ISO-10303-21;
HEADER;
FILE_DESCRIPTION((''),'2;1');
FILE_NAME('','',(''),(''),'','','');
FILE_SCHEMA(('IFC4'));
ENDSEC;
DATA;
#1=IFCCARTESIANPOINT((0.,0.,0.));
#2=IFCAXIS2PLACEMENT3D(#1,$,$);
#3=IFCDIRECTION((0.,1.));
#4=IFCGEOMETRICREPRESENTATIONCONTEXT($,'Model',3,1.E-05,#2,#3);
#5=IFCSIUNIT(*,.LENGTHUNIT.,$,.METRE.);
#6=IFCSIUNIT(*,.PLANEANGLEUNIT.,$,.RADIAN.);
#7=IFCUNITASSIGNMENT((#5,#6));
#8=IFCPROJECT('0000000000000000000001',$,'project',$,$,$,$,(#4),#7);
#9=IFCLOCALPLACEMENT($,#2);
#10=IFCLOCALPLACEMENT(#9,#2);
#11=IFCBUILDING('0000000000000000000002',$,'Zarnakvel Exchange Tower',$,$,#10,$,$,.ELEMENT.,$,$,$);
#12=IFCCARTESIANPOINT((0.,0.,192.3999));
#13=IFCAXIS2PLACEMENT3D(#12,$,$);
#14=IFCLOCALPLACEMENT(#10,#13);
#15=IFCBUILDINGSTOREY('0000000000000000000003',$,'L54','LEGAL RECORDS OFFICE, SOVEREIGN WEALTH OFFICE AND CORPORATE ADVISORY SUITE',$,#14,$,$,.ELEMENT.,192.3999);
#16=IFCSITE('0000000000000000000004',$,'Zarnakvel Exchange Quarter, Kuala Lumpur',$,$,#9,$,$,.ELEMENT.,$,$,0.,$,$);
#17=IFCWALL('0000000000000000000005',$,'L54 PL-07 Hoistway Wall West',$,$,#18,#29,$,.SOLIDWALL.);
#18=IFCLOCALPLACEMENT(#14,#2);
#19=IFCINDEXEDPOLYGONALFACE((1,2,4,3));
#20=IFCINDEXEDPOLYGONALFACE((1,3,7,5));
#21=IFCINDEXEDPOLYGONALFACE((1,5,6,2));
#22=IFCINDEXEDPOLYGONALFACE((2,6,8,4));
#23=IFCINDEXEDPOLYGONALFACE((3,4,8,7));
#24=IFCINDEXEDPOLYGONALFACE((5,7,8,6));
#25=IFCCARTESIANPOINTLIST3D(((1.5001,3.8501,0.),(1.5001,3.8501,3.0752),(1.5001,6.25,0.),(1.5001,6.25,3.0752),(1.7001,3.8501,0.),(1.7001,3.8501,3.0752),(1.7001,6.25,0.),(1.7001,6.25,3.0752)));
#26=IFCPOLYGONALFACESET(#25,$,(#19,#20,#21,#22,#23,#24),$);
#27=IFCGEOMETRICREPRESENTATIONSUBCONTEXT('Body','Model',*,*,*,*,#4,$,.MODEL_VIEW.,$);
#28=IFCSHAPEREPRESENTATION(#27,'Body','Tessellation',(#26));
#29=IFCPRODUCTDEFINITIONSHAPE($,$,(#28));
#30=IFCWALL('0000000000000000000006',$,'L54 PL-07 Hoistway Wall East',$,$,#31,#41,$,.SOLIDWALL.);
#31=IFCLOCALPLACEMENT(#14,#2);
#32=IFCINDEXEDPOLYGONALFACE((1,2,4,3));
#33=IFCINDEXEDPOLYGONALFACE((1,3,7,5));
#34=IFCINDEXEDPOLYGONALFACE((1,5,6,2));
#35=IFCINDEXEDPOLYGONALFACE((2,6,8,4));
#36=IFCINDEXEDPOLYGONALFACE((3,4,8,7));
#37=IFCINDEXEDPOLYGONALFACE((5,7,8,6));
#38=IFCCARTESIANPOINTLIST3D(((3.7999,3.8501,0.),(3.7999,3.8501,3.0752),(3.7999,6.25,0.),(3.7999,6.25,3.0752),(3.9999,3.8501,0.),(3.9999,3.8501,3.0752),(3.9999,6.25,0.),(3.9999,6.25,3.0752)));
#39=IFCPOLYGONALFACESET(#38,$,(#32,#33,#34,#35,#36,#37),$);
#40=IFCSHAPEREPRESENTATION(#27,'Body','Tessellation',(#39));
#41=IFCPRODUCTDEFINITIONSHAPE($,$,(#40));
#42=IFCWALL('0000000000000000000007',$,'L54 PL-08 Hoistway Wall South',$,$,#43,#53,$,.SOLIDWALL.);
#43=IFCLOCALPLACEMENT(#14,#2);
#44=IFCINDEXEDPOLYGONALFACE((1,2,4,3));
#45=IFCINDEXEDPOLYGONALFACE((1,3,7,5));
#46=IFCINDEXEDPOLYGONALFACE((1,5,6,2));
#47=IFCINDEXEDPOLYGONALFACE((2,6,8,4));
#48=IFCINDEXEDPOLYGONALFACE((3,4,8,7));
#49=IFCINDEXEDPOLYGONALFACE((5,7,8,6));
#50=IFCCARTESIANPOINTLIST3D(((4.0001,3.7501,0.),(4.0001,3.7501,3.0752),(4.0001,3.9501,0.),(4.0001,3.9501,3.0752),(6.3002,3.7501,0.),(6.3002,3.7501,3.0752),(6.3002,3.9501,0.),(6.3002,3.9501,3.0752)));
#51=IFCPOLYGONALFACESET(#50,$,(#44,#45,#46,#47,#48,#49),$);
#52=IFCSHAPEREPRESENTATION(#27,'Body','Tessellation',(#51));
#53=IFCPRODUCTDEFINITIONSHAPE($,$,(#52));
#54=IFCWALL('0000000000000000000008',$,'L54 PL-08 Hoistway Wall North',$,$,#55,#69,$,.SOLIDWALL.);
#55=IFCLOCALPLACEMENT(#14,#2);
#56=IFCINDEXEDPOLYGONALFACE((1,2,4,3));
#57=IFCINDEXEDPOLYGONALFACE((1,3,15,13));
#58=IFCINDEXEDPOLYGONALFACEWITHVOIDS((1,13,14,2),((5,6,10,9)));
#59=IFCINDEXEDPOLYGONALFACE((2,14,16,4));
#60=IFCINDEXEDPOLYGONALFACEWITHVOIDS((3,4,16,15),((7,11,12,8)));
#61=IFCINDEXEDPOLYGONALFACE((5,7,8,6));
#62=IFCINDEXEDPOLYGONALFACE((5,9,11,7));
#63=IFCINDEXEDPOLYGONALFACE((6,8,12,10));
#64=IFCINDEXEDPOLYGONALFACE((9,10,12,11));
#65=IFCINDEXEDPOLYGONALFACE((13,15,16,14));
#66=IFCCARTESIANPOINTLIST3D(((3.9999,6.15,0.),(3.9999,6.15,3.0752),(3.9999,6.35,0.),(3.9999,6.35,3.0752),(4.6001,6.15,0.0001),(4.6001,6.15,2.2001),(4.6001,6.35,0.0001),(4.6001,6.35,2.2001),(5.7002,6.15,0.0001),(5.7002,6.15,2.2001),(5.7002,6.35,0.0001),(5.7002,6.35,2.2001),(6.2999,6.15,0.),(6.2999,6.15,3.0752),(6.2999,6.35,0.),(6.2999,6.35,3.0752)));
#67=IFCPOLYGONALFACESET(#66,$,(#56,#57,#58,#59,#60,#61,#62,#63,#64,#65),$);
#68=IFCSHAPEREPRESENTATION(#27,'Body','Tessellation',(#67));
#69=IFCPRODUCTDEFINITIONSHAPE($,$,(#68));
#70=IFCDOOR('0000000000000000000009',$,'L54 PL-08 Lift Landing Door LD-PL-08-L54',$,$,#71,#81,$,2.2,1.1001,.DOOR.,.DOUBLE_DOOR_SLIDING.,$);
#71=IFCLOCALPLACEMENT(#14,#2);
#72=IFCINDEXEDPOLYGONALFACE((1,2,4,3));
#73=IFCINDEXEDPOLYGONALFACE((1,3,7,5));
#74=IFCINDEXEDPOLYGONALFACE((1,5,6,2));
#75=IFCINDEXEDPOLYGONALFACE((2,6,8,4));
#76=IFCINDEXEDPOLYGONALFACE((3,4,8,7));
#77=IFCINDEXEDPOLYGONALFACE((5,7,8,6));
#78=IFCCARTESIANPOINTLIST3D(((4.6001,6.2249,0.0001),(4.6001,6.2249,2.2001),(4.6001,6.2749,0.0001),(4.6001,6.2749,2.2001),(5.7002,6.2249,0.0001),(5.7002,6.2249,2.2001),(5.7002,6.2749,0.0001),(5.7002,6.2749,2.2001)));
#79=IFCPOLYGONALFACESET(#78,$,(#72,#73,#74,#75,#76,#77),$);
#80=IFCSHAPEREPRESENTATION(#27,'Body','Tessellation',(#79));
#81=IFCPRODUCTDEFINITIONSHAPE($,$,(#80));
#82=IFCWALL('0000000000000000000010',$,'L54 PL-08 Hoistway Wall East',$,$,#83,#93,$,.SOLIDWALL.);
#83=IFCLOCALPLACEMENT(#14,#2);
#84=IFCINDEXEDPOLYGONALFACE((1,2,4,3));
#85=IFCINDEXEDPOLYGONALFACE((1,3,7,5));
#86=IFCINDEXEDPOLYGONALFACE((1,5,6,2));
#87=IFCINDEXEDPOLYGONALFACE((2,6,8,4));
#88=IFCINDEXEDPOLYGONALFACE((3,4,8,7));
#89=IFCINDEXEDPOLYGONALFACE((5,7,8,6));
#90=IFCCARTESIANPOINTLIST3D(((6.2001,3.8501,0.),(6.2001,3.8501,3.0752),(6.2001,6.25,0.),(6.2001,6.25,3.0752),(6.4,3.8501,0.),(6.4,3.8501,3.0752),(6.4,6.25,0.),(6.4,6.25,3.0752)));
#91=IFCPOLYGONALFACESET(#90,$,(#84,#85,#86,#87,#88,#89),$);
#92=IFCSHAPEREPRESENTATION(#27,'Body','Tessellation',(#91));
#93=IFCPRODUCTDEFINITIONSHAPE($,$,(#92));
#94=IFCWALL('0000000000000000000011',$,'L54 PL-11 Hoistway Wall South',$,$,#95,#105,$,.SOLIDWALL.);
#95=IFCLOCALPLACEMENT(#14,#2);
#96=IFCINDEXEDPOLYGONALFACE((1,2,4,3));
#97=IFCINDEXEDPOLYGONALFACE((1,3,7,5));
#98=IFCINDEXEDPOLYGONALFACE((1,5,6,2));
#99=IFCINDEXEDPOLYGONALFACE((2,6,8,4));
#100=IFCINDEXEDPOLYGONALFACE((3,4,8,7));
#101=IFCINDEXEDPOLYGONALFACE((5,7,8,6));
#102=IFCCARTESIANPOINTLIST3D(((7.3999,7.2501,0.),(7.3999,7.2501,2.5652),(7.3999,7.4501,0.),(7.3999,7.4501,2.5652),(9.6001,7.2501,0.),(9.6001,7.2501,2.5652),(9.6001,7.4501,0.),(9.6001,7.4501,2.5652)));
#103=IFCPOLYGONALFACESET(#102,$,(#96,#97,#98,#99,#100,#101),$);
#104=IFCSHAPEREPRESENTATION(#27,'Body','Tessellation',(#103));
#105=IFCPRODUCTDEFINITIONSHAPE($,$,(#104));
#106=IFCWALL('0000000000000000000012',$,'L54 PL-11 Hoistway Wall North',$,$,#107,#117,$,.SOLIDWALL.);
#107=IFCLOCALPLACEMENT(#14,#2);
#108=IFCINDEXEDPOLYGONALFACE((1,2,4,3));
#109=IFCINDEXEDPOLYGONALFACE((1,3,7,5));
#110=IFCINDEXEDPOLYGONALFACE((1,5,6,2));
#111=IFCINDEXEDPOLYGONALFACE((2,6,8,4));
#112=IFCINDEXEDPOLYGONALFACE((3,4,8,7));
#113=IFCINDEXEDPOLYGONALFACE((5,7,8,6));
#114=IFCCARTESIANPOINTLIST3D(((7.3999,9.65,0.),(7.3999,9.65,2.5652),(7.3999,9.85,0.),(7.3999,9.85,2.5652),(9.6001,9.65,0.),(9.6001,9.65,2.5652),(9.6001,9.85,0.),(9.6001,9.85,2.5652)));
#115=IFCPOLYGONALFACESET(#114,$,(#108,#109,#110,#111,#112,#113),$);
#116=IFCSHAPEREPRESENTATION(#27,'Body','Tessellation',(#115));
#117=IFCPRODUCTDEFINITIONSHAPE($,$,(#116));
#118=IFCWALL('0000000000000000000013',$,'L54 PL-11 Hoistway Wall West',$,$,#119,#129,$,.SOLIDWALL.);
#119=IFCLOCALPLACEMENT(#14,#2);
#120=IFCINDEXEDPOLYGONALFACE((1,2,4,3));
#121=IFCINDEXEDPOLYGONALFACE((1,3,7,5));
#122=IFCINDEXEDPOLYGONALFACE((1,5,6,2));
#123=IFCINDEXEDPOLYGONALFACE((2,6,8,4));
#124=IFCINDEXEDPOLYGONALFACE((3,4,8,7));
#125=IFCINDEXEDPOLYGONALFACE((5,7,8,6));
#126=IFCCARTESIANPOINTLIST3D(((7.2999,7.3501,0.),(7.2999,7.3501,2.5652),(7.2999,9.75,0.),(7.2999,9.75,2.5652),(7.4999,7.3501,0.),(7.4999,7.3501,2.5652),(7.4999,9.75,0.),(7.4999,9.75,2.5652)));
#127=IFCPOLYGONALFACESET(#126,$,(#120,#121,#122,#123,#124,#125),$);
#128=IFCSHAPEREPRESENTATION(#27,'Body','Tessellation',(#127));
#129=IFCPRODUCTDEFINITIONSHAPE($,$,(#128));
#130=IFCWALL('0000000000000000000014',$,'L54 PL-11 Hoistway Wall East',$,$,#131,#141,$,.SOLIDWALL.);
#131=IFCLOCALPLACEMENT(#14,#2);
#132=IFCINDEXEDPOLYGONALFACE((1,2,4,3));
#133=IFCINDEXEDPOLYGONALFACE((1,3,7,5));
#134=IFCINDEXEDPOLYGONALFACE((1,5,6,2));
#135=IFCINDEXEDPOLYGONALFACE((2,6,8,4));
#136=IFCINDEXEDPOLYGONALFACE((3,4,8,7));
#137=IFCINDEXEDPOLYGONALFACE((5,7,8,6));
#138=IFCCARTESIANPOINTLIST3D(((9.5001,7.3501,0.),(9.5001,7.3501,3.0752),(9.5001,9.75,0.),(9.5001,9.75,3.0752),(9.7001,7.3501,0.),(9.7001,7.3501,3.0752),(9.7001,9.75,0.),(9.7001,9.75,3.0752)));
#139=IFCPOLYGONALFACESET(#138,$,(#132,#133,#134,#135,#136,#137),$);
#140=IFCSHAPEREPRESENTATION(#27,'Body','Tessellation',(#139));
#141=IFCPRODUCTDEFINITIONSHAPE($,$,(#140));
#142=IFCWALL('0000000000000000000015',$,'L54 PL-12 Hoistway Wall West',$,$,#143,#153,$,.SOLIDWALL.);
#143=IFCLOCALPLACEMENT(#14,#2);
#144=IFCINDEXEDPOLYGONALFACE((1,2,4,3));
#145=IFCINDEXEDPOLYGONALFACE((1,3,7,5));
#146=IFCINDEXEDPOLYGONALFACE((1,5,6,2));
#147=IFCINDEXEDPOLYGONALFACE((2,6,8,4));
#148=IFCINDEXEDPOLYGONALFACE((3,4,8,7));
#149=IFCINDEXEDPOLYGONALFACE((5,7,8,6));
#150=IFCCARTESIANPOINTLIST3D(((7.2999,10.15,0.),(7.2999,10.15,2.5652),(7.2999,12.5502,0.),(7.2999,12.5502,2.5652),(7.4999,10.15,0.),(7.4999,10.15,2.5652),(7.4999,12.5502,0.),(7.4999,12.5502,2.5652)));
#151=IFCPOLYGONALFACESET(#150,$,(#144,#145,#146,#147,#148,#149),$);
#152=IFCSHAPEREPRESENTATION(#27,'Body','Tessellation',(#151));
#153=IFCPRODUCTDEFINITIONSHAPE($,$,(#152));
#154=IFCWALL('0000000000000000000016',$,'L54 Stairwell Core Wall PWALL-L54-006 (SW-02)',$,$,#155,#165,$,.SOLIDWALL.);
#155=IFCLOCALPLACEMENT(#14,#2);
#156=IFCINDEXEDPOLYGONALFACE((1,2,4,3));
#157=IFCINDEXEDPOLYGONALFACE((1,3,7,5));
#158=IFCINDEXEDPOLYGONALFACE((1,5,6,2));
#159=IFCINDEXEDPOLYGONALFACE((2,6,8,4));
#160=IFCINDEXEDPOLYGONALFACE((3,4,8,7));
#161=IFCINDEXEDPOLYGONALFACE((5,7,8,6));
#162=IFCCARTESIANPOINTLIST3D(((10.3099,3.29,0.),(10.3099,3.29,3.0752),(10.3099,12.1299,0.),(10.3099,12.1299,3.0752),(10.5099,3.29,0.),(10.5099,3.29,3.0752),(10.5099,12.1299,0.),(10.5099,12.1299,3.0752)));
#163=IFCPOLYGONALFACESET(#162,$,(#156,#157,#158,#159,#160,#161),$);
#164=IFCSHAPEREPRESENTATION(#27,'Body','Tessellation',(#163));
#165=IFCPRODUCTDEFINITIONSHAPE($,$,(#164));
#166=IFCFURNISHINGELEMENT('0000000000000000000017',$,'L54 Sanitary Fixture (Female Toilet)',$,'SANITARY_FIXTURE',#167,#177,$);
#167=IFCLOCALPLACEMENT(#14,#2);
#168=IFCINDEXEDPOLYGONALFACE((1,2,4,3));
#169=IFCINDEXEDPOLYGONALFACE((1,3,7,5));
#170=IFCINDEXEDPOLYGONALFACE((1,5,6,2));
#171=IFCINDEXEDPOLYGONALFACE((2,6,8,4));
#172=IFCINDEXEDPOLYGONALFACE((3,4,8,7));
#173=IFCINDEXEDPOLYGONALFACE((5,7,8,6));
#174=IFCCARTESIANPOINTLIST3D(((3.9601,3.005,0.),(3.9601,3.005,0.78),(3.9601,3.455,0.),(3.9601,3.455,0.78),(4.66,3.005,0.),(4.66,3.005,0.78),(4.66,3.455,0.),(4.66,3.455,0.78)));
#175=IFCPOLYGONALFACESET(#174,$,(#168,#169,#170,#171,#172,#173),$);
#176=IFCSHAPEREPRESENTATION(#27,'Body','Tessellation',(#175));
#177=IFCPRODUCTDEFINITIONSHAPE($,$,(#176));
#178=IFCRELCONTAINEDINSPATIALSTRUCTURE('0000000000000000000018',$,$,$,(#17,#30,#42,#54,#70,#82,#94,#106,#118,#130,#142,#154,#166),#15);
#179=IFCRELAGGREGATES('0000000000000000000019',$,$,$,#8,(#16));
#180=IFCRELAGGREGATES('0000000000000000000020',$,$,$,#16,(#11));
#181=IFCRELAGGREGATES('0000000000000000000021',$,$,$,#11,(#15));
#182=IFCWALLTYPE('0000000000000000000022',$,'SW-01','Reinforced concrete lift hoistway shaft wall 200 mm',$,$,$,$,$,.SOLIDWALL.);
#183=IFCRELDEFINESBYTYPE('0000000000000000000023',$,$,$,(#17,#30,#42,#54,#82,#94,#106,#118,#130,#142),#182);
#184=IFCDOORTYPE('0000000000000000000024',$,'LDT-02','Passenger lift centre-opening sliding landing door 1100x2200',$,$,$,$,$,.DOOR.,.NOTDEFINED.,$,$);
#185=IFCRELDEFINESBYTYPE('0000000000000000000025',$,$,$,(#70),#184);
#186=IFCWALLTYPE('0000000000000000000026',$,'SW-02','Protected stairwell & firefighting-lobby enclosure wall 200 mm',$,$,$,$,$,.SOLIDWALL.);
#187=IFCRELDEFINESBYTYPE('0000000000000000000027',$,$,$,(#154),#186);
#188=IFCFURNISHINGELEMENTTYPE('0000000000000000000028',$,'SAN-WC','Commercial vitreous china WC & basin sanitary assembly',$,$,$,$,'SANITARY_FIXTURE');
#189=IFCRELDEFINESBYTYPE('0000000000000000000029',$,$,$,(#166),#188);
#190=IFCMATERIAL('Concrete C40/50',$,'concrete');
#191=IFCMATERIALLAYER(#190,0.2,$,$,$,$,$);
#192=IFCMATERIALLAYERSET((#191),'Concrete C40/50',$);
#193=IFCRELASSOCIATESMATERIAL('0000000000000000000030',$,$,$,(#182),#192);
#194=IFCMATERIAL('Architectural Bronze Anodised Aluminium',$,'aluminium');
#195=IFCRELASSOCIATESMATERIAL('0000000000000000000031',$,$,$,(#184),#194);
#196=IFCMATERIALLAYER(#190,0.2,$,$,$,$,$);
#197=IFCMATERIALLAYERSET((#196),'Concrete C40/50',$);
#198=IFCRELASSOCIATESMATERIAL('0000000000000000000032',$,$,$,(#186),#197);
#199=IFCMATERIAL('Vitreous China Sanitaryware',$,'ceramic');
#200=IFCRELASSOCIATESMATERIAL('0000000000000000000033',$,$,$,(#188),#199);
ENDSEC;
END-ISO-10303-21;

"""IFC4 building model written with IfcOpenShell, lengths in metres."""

from ifc_helpers import new_model, si_unit, direction, frame, frame_2d, origin, origin_2d, place, context, subcontext, project, spatial, rectangle, extrude, source, transform, mapped, material, layer, layer_set, type_object, element, fill, save


model = new_model("IFC4")

# Units and contexts
model_context = context("Model", 3, precision=1e-05, world=origin(), true_north=direction((0.0, 1.0)))
body_context = subcontext(model_context, "Body", "Model", "MODEL_VIEW")
ifc_project = project(units=[si_unit("LENGTHUNIT", "METRE"), si_unit("PLANEANGLEUNIT", "RADIAN")], contexts=[model_context])

# Site, building, storey
site_placement = place(None, origin())
site = spatial("IfcSite", under=ifc_project, at=site_placement, Name="Zarnakvel Exchange Quarter, Kuala Lumpur", CompositionType="ELEMENT", RefElevation=0.0)
building_placement = place(site_placement, origin())
building = spatial("IfcBuilding", under=site, at=building_placement, Name="Zarnakvel Exchange Tower", CompositionType="ELEMENT")
storey_placement = place(building_placement, frame((0.0, 0.0, 192.3999)))
storey = spatial("IfcBuildingStorey", under=building, at=storey_placement, Name="L54", Description="LEGAL RECORDS OFFICE, SOVEREIGN WEALTH OFFICE AND CORPORATE ADVISORY SUITE", CompositionType="ELEMENT", Elevation=192.3999)

# Shared definitions
ifc_material_1 = material(Name="Concrete C40/50", Category="concrete")
ifc_layer_1 = layer(ifc_material_1, 0.2)
ifc_layer_set_1 = layer_set([ifc_layer_1], Name="Concrete C40/50")
wall_type_1 = type_object("IfcWallType", Name="SW-01", Description="Reinforced concrete lift hoistway shaft wall 200 mm", PredefinedType="SOLIDWALL", material=ifc_layer_set_1)
shared_shape_1 = source(origin(), body_context, "Body", "SweptSolid", [
    extrude(rectangle(XDim=1.1001, YDim=2.2, at=frame_2d((0.55, 1.1001))), frame((0.0, 0.0249, 0.0), z_axis=(0.0, -1.0, 0.0), x_axis=(1.0, 0.0, 0.0)), (0.0, 0.0, 1.0), 0.05),
])

# Shared definitions
ifc_material_2 = material(Name="Architectural Bronze Anodised Aluminium", Category="aluminium")
door_type_1 = type_object("IfcDoorType", Name="LDT-02", Description="Passenger lift centre-opening sliding landing door 1100x2200", OperationType="NOTDEFINED", PredefinedType="DOOR", material=ifc_material_2)

# Walls
for number, where, z_axis, x_axis, name in (
    (1, (1.6001, 3.8501, 0.0), (0.0, 0.0, 1.0), (0.0, 1.0, 0.0), "L54 PL-07 Hoistway Wall West"),
    (2, (3.8999, 6.25, 0.0), (0.0, 0.0, 1.0), (0.0, -1.0, 0.0), "L54 PL-07 Hoistway Wall East"),
):
    element("IfcWall", number, at=place(storey_placement, frame(where, z_axis=z_axis, x_axis=x_axis)), inside=storey, type_object=wall_type_1, Name=name, PredefinedType="SOLIDWALL", context=body_context, shape_type="SweptSolid", body=[
        extrude(rectangle(XDim=2.3999, YDim=0.2, at=frame_2d((1.2, 0.0))), origin(), (0.0, 0.0, 1.0), 3.0752),
    ])
wall_1_placement = place(storey_placement, frame((6.3, 3.8501, 0.0), z_axis=(0.0, 0.0, 1.0), x_axis=(-1.0, 0.0, 0.0)))
element("IfcWall", 3, at=wall_1_placement, inside=storey, type_object=wall_type_1, Name="L54 PL-08 Hoistway Wall South", PredefinedType="SOLIDWALL", context=body_context, shape_type="SweptSolid", body=[
    extrude(rectangle(XDim=2.3, YDim=0.2, at=frame_2d((1.1499, 0.0))), origin(), (0.0, 0.0, 1.0), 3.0752),
])

# Wall, opening, door
wall_2_placement = place(storey_placement, frame((4.0, 6.25, 0.0), z_axis=(0.0, 0.0, 1.0), x_axis=(1.0, 0.0, 0.0)))
wall_2 = element("IfcWall", 4, at=wall_2_placement, inside=storey, type_object=wall_type_1, Name="L54 PL-08 Hoistway Wall North", PredefinedType="SOLIDWALL", context=body_context, shape_type="SweptSolid", body=[
    extrude(rectangle(XDim=2.3, YDim=0.2, at=frame_2d((1.1499, 0.0))), origin(), (0.0, 0.0, 1.0), 3.0752),
])
opening_1_placement = place(wall_2_placement, frame((0.6001, 0.0, 0.0)))
opening_1 = element("IfcOpeningElement", 5, at=opening_1_placement, cuts=wall_2, PredefinedType="OPENING", context=body_context, shape_type="SweptSolid", body=[
    extrude(rectangle(XDim=1.1001, YDim=2.2, at=frame_2d((0.55, 1.1001))), frame((0.0, 0.1099, 0.0), z_axis=(0.0, -1.0, 0.0), x_axis=(1.0, 0.0, 0.0)), (0.0, 0.0, 1.0), 0.22),
])
door_1_placement = place(opening_1_placement, origin())
door_1 = element("IfcDoor", 6, at=door_1_placement, inside=storey, type_object=door_type_1, Name="L54 PL-08 Lift Landing Door LD-PL-08-L54", OperationType="DOUBLE_DOOR_SLIDING", OverallHeight=2.2, OverallWidth=1.1001, PredefinedType="DOOR", context=body_context, shape_type="MappedRepresentation", body=[
    mapped(shared_shape_1, transform((0.0, 0.0, 0.0), x_axis=(1.0, 0.0, 0.0), y_axis=(0.0, 1.0, 0.0), z_axis=(0.0, 0.0, 1.0), scale=1.0)),
])
fill(opening_1, door_1)

# Walls
wall_3_placement = place(storey_placement, frame((6.3, 6.25, 0.0), z_axis=(0.0, 0.0, 1.0), x_axis=(0.0, -1.0, 0.0)))
element("IfcWall", 7, at=wall_3_placement, inside=storey, type_object=wall_type_1, Name="L54 PL-08 Hoistway Wall East", PredefinedType="SOLIDWALL", context=body_context, shape_type="SweptSolid", body=[
    extrude(rectangle(XDim=2.3999, YDim=0.2, at=frame_2d((1.2, 0.0))), origin(), (0.0, 0.0, 1.0), 3.0752),
])
for number, where, z_axis, x_axis, name in (
    (8, (9.6001, 7.3501, 0.0), (0.0, 0.0, 1.0), (-1.0, 0.0, 0.0), "L54 PL-11 Hoistway Wall South"),
    (9, (7.3999, 9.75, 0.0), (0.0, 0.0, 1.0), (1.0, 0.0, 0.0), "L54 PL-11 Hoistway Wall North"),
):
    element("IfcWall", number, at=place(storey_placement, frame(where, z_axis=z_axis, x_axis=x_axis)), inside=storey, type_object=wall_type_1, Name=name, PredefinedType="SOLIDWALL", context=body_context, shape_type="SweptSolid", body=[
        extrude(rectangle(XDim=2.2002, YDim=0.2, at=frame_2d((1.1001, 0.0))), origin(), (0.0, 0.0, 1.0), 2.5652),
    ])
wall_4_placement = place(storey_placement, frame((7.3999, 7.3501, 0.0), z_axis=(0.0, 0.0, 1.0), x_axis=(0.0, 1.0, 0.0)))
element("IfcWall", 10, at=wall_4_placement, inside=storey, type_object=wall_type_1, Name="L54 PL-11 Hoistway Wall West", PredefinedType="SOLIDWALL", context=body_context, shape_type="SweptSolid", body=[
    extrude(rectangle(XDim=2.3999, YDim=0.2, at=frame_2d((1.2, 0.0))), origin(), (0.0, 0.0, 1.0), 2.5652),
])
wall_5_placement = place(storey_placement, frame((9.6001, 9.75, 0.0), z_axis=(0.0, 0.0, 1.0), x_axis=(0.0, -1.0, 0.0)))
element("IfcWall", 11, at=wall_5_placement, inside=storey, type_object=wall_type_1, Name="L54 PL-11 Hoistway Wall East", PredefinedType="SOLIDWALL", context=body_context, shape_type="SweptSolid", body=[
    extrude(rectangle(XDim=2.3999, YDim=0.2, at=frame_2d((1.2, 0.0))), origin(), (0.0, 0.0, 1.0), 3.0752),
])
wall_6_placement = place(storey_placement, frame((7.3999, 10.1499, 0.0), z_axis=(0.0, 0.0, 1.0), x_axis=(0.0, 1.0, 0.0)))
element("IfcWall", 12, at=wall_6_placement, inside=storey, type_object=wall_type_1, Name="L54 PL-12 Hoistway Wall West", PredefinedType="SOLIDWALL", context=body_context, shape_type="SweptSolid", body=[
    extrude(rectangle(XDim=2.4001, YDim=0.2, at=frame_2d((1.2002, 0.0))), origin(), (0.0, 0.0, 1.0), 2.5652),
])
ifc_layer_2 = layer(ifc_material_1, 0.2)
ifc_layer_set_2 = layer_set([ifc_layer_2], Name="Concrete C40/50")
wall_type_2 = type_object("IfcWallType", Name="SW-02", Description="Protected stairwell & firefighting-lobby enclosure wall 200 mm", PredefinedType="SOLIDWALL", material=ifc_layer_set_2)
wall_7_placement = place(storey_placement, frame((10.4099, 3.29, 0.0), z_axis=(0.0, 0.0, 1.0), x_axis=(0.0, 1.0, 0.0)))
element("IfcWall", 13, at=wall_7_placement, inside=storey, type_object=wall_type_2, Name="L54 Stairwell Core Wall PWALL-L54-006 (SW-02)", PredefinedType="SOLIDWALL", context=body_context, shape_type="SweptSolid", body=[
    extrude(rectangle(XDim=8.8398, YDim=0.2, at=frame_2d((4.4199, 0.0))), origin(), (0.0, 0.0, 1.0), 3.0752),
])

# Furnishing element
ifc_material_3 = material(Name="Vitreous China Sanitaryware", Category="ceramic")
furnishing_element_type = type_object("IfcFurnishingElementType", Name="SAN-WC", Description="Commercial vitreous china WC & basin sanitary assembly", ElementType="SANITARY_FIXTURE", material=ifc_material_3)
shared_shape_2 = source(origin(), body_context, "Body", "SweptSolid", [
    extrude(rectangle(XDim=0.7, YDim=0.45, at=origin_2d()), origin(), (0.0, 0.0, 1.0), 0.78),
])
furnishing_placement = place(storey_placement, frame((4.3101, 3.23, 0.0), z_axis=(0.0, 0.0, 1.0), x_axis=(1.0, 0.0, 0.0)))
element("IfcFurnishingElement", 14, at=furnishing_placement, inside=storey, type_object=furnishing_element_type, Name="L54 Sanitary Fixture (Female Toilet)", ObjectType="SANITARY_FIXTURE", context=body_context, shape_type="MappedRepresentation", body=[
    mapped(shared_shape_2, transform((0.0, 0.0, 0.0), x_axis=(1.0, 0.0, 0.0), y_axis=(0.0, 1.0, 0.0), z_axis=(0.0, 0.0, 1.0), scale=1.0)),
])

save(model, "model.ifc")
